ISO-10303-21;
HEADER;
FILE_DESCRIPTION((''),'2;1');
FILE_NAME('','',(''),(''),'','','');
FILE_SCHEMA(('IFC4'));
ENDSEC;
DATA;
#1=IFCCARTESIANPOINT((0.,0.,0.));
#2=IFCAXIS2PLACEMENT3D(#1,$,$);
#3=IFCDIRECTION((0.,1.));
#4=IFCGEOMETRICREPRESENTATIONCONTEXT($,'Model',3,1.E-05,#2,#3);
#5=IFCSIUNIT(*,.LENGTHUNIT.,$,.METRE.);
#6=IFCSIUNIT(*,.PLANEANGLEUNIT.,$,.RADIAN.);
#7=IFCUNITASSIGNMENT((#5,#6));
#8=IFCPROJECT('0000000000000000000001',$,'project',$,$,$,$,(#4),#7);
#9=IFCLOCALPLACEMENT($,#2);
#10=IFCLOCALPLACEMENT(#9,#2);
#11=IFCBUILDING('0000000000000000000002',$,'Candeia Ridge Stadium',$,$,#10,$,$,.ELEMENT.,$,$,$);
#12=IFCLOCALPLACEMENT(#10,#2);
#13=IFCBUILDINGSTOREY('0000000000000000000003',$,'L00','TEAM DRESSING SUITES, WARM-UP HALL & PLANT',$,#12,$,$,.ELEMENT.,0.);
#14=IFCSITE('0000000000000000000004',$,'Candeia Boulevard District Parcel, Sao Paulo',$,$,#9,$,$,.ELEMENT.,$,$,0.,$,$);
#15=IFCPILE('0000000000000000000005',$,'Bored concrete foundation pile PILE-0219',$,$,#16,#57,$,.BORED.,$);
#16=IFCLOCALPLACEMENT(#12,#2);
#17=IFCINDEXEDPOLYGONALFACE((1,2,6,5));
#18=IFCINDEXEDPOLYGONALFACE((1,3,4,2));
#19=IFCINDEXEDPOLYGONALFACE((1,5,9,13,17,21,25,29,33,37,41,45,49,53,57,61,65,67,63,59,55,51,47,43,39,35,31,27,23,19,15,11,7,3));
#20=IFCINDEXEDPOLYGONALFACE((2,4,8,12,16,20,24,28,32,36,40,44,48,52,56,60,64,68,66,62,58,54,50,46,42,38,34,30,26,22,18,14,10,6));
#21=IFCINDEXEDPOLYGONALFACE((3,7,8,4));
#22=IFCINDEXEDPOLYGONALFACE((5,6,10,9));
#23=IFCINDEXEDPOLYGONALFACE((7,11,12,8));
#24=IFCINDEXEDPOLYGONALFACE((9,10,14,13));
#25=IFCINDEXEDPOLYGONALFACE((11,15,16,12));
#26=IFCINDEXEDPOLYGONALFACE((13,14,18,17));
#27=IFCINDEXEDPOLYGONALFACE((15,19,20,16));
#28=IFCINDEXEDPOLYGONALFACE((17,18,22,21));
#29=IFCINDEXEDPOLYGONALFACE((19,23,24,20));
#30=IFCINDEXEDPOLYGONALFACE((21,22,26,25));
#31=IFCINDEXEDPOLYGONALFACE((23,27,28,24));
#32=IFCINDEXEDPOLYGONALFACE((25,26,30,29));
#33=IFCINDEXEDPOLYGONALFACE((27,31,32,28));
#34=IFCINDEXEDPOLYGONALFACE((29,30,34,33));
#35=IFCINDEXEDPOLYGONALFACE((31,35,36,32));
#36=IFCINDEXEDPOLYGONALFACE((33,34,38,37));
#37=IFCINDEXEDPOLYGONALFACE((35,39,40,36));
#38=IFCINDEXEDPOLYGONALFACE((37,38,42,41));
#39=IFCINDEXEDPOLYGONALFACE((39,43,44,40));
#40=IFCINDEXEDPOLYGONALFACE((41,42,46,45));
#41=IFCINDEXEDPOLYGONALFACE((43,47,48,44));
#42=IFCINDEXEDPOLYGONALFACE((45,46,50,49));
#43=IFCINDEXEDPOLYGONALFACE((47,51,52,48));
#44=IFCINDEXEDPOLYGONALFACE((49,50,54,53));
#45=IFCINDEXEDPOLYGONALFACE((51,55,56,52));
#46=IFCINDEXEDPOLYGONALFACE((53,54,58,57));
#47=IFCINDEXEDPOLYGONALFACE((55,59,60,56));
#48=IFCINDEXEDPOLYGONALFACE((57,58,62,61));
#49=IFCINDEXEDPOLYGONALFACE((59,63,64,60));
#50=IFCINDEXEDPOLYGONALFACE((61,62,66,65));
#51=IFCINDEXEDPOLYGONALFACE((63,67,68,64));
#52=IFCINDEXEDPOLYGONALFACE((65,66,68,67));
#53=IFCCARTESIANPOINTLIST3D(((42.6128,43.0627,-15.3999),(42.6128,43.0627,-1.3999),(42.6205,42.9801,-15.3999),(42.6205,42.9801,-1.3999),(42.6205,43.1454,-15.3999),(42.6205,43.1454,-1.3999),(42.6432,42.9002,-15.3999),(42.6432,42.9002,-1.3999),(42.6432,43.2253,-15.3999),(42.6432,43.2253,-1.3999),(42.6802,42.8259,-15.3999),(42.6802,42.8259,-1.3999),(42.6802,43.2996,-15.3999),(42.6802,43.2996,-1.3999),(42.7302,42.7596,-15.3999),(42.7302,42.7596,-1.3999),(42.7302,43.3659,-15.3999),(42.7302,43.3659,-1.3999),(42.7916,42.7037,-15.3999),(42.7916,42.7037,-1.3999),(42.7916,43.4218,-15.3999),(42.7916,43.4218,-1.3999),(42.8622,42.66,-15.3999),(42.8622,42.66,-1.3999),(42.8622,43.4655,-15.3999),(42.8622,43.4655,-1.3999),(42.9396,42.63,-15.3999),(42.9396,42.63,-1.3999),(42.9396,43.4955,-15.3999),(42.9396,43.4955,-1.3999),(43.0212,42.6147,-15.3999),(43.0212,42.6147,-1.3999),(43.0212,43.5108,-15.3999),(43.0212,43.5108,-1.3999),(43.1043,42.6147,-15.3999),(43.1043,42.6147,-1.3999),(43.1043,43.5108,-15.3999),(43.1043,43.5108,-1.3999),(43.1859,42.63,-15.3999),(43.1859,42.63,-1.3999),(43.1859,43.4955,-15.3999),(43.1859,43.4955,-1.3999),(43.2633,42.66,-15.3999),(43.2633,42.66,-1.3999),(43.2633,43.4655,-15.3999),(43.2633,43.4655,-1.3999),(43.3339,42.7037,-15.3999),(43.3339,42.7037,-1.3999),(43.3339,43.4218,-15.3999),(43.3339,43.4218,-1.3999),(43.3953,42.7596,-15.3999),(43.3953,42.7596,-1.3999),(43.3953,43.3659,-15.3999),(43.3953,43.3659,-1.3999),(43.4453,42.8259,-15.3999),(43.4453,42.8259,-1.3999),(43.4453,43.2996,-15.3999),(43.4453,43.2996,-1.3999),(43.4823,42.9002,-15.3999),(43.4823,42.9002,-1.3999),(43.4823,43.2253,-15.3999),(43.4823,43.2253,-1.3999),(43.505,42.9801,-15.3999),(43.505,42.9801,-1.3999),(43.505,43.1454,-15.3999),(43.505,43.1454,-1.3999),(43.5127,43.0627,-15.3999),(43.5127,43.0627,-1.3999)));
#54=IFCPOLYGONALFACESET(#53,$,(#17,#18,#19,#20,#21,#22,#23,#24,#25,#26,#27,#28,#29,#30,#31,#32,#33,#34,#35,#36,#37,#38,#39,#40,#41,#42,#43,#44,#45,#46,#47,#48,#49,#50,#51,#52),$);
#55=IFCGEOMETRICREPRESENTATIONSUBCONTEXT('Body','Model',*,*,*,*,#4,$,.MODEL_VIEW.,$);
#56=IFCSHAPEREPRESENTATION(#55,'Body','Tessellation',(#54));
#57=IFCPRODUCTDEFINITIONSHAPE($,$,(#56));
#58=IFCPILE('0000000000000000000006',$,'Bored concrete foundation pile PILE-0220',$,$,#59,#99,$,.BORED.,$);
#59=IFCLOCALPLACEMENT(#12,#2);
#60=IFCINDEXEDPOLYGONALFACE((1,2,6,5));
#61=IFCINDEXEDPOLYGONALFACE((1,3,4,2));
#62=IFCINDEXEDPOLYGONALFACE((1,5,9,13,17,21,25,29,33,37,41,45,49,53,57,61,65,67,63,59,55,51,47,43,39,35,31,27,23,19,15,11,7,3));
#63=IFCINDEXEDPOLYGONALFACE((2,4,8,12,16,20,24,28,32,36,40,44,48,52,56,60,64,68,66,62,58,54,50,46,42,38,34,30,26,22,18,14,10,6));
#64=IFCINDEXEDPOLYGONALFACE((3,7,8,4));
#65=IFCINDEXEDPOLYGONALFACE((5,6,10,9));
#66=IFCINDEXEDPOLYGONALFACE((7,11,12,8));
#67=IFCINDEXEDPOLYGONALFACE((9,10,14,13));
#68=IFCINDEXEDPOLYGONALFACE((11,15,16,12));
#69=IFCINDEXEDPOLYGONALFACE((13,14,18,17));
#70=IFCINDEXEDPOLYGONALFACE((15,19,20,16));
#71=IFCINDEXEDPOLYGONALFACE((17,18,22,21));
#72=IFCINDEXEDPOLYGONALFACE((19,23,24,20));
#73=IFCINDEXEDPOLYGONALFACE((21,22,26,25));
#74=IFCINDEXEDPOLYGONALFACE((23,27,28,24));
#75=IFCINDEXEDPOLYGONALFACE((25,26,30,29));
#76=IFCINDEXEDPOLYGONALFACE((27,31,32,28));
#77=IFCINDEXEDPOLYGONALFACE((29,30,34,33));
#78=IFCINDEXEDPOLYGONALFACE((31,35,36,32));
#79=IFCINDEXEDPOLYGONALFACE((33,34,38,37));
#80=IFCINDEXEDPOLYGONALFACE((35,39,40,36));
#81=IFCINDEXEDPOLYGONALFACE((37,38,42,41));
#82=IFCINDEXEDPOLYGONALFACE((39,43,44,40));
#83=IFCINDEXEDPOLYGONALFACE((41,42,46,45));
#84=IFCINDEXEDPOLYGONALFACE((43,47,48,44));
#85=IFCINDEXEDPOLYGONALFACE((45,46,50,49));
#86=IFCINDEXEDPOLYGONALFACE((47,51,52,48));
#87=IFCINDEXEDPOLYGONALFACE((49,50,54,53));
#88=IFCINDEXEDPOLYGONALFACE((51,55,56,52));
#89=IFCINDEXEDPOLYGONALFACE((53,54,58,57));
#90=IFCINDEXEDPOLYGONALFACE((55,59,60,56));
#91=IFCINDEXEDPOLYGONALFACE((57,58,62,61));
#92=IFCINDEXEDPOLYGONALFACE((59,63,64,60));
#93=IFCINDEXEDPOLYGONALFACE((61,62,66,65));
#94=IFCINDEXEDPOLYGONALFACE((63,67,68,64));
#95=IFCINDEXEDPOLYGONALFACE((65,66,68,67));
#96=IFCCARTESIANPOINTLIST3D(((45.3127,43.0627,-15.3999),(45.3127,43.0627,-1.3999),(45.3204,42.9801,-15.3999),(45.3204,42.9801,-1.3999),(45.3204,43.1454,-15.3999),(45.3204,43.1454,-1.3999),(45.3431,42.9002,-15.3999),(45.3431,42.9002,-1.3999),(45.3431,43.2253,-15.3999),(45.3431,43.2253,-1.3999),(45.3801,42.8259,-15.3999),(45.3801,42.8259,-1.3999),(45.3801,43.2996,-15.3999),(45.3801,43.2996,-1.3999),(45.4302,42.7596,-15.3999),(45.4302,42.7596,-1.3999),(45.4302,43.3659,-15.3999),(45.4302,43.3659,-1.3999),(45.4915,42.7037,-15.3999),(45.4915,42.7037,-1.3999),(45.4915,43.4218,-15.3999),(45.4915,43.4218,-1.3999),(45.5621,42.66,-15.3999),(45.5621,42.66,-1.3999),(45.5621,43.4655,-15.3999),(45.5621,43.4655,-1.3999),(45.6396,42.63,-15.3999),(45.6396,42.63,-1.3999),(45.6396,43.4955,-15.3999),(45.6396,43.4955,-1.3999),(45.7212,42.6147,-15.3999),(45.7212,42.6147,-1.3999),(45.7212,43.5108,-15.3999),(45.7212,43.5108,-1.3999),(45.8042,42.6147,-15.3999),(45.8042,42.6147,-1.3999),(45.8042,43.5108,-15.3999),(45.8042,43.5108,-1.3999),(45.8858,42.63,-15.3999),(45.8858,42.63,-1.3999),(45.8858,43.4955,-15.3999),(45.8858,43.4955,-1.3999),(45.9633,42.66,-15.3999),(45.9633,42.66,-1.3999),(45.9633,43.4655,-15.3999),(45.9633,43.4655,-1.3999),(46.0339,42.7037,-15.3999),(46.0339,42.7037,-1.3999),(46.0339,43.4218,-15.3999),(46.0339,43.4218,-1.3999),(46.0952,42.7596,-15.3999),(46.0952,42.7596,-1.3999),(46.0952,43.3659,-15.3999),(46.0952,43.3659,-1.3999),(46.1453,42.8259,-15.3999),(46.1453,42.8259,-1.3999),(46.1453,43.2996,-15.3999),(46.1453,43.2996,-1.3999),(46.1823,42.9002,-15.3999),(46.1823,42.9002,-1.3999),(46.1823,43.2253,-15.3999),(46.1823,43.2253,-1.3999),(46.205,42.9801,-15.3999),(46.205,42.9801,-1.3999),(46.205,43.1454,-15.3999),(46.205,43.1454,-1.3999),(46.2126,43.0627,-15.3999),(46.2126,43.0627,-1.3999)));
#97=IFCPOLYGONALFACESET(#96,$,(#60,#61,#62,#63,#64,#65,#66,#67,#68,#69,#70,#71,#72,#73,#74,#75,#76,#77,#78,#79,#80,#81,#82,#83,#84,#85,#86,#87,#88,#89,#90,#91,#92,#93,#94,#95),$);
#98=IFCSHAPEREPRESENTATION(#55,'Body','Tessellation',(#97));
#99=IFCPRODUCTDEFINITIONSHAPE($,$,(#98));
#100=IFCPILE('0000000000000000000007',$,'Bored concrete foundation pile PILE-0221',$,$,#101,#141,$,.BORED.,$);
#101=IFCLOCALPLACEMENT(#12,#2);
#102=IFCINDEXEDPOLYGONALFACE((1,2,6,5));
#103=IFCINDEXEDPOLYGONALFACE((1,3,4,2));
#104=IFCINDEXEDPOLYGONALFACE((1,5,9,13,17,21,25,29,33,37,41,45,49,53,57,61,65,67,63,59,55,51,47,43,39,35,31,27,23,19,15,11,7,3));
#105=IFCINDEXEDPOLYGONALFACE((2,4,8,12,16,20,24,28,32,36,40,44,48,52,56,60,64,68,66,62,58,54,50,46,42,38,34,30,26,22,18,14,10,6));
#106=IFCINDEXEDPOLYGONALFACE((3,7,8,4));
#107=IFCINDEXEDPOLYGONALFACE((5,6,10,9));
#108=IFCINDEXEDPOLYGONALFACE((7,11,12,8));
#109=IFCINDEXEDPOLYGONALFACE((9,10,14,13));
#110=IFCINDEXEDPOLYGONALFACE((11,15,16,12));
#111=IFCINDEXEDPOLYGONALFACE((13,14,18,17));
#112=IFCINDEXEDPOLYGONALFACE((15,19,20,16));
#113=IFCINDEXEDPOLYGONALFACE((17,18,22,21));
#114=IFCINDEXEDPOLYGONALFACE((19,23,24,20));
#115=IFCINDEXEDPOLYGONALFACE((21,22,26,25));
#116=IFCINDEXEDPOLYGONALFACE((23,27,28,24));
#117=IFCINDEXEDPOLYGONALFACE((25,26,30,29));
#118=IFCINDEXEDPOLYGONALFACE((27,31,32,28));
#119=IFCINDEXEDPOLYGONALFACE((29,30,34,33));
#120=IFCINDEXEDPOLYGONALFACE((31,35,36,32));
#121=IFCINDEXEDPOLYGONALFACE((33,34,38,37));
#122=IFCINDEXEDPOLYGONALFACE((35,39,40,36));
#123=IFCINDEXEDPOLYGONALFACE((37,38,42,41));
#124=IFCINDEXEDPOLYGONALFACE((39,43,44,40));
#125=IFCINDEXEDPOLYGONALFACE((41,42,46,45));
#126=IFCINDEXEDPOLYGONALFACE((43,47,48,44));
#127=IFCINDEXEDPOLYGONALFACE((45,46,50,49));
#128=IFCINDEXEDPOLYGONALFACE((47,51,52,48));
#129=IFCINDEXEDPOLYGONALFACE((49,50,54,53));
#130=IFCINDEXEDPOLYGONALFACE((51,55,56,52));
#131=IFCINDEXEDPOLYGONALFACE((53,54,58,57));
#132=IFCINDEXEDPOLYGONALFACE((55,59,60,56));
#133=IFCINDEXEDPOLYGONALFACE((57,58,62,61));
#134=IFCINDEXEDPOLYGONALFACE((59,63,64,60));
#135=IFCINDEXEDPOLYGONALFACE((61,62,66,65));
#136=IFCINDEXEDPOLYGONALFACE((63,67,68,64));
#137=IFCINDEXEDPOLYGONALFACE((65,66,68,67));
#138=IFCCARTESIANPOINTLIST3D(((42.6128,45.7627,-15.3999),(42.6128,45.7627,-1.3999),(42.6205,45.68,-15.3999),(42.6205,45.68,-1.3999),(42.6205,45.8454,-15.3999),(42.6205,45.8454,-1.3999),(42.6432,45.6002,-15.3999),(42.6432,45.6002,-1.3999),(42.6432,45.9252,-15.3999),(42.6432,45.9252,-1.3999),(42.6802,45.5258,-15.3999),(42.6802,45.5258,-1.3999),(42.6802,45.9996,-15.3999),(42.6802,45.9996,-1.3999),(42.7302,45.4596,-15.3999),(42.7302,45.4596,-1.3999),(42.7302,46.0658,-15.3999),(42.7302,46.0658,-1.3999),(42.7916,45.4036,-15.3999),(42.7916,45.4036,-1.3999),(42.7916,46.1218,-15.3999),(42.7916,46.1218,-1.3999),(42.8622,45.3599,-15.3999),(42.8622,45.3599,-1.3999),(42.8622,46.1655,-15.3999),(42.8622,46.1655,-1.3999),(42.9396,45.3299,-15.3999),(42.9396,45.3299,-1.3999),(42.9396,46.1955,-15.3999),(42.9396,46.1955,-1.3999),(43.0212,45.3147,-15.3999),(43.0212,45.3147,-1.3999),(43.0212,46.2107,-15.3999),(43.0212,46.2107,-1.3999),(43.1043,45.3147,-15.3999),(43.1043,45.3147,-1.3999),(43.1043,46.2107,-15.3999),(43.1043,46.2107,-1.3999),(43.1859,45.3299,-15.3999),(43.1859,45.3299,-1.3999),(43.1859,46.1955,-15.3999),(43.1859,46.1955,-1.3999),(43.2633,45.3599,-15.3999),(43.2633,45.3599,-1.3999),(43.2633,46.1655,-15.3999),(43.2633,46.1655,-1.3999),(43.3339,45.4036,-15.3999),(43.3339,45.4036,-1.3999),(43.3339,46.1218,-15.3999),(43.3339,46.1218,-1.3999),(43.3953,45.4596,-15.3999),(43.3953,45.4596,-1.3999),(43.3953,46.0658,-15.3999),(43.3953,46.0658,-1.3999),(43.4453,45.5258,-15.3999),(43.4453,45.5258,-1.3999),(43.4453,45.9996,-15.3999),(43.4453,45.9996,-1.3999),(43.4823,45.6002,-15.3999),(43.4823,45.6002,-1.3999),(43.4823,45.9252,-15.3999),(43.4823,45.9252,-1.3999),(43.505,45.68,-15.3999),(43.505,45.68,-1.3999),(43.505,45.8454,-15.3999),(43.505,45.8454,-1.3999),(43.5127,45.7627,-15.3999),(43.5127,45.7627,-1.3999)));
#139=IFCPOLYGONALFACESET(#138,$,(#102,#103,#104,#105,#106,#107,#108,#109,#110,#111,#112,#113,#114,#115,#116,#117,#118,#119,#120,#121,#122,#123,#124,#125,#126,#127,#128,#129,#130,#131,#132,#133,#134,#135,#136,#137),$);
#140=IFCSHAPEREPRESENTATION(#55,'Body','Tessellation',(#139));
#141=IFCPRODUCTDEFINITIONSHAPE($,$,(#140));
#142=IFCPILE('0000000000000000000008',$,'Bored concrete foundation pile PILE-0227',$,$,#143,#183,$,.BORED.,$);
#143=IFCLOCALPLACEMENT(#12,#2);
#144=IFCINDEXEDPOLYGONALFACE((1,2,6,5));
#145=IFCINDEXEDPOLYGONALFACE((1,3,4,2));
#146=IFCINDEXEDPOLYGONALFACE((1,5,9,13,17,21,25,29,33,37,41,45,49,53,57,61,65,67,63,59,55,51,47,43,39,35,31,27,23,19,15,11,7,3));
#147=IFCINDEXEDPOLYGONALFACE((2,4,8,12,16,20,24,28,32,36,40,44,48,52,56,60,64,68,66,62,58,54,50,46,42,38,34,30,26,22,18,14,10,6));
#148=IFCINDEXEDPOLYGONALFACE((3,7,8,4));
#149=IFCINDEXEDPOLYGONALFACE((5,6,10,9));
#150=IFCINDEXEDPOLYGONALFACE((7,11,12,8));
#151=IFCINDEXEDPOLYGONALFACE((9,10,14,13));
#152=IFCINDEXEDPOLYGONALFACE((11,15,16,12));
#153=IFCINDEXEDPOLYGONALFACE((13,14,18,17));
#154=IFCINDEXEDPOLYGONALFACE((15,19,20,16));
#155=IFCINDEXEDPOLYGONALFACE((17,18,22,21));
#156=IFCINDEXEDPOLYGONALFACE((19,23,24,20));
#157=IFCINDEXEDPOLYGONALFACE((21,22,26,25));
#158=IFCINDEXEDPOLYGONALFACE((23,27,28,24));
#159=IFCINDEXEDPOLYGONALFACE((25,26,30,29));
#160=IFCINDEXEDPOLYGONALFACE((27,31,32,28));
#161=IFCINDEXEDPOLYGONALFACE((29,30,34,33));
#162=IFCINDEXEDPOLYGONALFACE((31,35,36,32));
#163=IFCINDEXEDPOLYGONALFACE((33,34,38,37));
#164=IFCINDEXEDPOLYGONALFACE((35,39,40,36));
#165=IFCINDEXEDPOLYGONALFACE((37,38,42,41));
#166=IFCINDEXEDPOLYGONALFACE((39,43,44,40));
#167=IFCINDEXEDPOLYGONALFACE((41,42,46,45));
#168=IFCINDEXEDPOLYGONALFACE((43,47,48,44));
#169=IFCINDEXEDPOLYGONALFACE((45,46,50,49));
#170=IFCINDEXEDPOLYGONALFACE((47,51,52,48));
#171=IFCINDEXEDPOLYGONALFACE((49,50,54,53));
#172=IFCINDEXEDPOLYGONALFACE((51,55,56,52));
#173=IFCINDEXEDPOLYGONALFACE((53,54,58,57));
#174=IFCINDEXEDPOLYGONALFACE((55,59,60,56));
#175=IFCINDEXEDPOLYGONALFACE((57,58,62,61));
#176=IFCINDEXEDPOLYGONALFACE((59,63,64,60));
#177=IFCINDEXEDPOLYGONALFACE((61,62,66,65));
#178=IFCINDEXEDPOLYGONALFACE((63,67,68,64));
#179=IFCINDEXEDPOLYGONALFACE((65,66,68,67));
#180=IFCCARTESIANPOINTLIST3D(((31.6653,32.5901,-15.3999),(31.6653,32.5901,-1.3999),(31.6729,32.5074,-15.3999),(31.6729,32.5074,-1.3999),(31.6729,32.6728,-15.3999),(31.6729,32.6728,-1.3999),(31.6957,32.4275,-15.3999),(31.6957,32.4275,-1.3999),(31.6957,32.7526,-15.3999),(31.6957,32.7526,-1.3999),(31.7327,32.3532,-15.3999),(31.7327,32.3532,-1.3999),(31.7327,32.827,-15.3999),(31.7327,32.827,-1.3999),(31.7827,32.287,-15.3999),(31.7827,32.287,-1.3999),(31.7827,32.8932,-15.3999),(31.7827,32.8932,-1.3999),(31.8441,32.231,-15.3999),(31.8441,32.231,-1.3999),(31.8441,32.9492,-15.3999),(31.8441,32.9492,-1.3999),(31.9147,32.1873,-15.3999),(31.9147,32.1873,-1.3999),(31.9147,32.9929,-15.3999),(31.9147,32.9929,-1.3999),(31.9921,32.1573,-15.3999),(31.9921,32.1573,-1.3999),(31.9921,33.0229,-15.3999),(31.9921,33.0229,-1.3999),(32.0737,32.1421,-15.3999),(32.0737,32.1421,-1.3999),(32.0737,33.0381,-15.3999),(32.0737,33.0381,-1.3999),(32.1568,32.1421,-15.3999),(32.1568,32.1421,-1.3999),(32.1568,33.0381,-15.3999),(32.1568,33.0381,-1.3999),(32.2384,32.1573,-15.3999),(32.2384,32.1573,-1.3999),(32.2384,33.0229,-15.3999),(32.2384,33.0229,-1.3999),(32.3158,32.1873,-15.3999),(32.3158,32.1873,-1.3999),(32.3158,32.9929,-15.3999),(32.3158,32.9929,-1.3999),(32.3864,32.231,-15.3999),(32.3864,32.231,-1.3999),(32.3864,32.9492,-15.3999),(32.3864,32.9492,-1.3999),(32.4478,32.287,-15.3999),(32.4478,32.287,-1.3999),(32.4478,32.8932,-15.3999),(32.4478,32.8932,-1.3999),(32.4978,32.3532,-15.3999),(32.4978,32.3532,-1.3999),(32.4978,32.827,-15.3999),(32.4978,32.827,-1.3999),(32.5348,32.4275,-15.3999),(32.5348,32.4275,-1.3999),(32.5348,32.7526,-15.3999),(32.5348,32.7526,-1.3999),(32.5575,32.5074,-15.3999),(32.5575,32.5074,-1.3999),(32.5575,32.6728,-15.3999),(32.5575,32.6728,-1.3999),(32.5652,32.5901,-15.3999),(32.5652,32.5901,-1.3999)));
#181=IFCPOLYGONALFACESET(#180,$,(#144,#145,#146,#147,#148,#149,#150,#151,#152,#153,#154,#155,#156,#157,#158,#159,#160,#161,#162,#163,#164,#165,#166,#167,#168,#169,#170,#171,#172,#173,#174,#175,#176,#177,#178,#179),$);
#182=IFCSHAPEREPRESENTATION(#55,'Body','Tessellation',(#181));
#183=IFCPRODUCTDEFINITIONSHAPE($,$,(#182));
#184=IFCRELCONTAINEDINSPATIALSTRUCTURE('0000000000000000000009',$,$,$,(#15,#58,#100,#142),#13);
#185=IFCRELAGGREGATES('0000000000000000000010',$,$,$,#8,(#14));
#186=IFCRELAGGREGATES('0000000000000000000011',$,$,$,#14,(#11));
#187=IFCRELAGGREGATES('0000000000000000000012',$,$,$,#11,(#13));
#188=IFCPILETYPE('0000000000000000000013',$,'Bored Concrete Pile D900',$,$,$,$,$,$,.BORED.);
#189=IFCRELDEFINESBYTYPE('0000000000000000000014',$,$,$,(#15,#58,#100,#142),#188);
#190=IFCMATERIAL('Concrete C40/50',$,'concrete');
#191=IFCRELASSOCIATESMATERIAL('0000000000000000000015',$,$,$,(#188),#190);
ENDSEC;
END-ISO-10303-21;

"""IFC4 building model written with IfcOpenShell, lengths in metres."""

from ifc_helpers import new_model, si_unit, direction, frame, origin, origin_2d, place, context, subcontext, project, spatial, circle, extrude, material, material_profile, profile_set, type_object, element, save


model = new_model("IFC4")

# Units and contexts
model_context = context("Model", 3, precision=1e-05, world=origin(), true_north=direction((0.0, 1.0)))
body_context = subcontext(model_context, "Body", "Model", "MODEL_VIEW")
ifc_project = project(units=[si_unit("LENGTHUNIT", "METRE"), si_unit("PLANEANGLEUNIT", "RADIAN")], contexts=[model_context])

# Site, building, storey
site_placement = place(None, origin())
site = spatial("IfcSite", under=ifc_project, at=site_placement, Name="Candeia Boulevard District Parcel, Sao Paulo", CompositionType="ELEMENT", RefElevation=0.0)
building_placement = place(site_placement, origin())
building = spatial("IfcBuilding", under=site, at=building_placement, Name="Candeia Ridge Stadium", CompositionType="ELEMENT")
storey_placement = place(building_placement, origin())
storey = spatial("IfcBuildingStorey", under=building, at=storey_placement, Name="L00", Description="TEAM DRESSING SUITES, WARM-UP HALL & PLANT", CompositionType="ELEMENT", Elevation=0.0)

# Piles
ifc_material_1 = material(Name="Concrete C40/50", Category="concrete")
ifc_material_profile_1 = material_profile(ifc_material_1, circle(Radius=0.45, at=origin_2d()), Name="PILE-D900", Category="concrete")
ifc_profile_set_1 = profile_set([ifc_material_profile_1], Name="Concrete C40/50")
pile_type_1 = type_object("IfcPileType", Name="Bored Concrete Pile D900", PredefinedType="BORED", material=ifc_profile_set_1)
for number, where, z_axis, x_axis, name in (
    (1, (43.0627, 43.0627, -1.3999), (0.0, 0.0, -1.0), (1.0, 0.0, 0.0), "Bored concrete foundation pile PILE-0219"),
    (2, (45.7627, 43.0627, -1.3999), (0.0, 0.0, -1.0), (1.0, 0.0, 0.0), "Bored concrete foundation pile PILE-0220"),
    (3, (43.0627, 45.7627, -1.3999), (0.0, 0.0, -1.0), (1.0, 0.0, 0.0), "Bored concrete foundation pile PILE-0221"),
    (4, (32.1152, 32.5901, -1.3999), (0.0, 0.0, -1.0), (1.0, 0.0, 0.0), "Bored concrete foundation pile PILE-0227"),
):
    element("IfcPile", number, at=place(storey_placement, frame(where, z_axis=z_axis, x_axis=x_axis)), inside=storey, type_object=pile_type_1, Name=name, PredefinedType="BORED", context=body_context, shape_type="SweptSolid", body=[
        extrude(circle(Radius=0.45, at=origin_2d()), origin(), (0.0, 0.0, 1.0), 14.0),
    ])

save(model, "model.ifc")
